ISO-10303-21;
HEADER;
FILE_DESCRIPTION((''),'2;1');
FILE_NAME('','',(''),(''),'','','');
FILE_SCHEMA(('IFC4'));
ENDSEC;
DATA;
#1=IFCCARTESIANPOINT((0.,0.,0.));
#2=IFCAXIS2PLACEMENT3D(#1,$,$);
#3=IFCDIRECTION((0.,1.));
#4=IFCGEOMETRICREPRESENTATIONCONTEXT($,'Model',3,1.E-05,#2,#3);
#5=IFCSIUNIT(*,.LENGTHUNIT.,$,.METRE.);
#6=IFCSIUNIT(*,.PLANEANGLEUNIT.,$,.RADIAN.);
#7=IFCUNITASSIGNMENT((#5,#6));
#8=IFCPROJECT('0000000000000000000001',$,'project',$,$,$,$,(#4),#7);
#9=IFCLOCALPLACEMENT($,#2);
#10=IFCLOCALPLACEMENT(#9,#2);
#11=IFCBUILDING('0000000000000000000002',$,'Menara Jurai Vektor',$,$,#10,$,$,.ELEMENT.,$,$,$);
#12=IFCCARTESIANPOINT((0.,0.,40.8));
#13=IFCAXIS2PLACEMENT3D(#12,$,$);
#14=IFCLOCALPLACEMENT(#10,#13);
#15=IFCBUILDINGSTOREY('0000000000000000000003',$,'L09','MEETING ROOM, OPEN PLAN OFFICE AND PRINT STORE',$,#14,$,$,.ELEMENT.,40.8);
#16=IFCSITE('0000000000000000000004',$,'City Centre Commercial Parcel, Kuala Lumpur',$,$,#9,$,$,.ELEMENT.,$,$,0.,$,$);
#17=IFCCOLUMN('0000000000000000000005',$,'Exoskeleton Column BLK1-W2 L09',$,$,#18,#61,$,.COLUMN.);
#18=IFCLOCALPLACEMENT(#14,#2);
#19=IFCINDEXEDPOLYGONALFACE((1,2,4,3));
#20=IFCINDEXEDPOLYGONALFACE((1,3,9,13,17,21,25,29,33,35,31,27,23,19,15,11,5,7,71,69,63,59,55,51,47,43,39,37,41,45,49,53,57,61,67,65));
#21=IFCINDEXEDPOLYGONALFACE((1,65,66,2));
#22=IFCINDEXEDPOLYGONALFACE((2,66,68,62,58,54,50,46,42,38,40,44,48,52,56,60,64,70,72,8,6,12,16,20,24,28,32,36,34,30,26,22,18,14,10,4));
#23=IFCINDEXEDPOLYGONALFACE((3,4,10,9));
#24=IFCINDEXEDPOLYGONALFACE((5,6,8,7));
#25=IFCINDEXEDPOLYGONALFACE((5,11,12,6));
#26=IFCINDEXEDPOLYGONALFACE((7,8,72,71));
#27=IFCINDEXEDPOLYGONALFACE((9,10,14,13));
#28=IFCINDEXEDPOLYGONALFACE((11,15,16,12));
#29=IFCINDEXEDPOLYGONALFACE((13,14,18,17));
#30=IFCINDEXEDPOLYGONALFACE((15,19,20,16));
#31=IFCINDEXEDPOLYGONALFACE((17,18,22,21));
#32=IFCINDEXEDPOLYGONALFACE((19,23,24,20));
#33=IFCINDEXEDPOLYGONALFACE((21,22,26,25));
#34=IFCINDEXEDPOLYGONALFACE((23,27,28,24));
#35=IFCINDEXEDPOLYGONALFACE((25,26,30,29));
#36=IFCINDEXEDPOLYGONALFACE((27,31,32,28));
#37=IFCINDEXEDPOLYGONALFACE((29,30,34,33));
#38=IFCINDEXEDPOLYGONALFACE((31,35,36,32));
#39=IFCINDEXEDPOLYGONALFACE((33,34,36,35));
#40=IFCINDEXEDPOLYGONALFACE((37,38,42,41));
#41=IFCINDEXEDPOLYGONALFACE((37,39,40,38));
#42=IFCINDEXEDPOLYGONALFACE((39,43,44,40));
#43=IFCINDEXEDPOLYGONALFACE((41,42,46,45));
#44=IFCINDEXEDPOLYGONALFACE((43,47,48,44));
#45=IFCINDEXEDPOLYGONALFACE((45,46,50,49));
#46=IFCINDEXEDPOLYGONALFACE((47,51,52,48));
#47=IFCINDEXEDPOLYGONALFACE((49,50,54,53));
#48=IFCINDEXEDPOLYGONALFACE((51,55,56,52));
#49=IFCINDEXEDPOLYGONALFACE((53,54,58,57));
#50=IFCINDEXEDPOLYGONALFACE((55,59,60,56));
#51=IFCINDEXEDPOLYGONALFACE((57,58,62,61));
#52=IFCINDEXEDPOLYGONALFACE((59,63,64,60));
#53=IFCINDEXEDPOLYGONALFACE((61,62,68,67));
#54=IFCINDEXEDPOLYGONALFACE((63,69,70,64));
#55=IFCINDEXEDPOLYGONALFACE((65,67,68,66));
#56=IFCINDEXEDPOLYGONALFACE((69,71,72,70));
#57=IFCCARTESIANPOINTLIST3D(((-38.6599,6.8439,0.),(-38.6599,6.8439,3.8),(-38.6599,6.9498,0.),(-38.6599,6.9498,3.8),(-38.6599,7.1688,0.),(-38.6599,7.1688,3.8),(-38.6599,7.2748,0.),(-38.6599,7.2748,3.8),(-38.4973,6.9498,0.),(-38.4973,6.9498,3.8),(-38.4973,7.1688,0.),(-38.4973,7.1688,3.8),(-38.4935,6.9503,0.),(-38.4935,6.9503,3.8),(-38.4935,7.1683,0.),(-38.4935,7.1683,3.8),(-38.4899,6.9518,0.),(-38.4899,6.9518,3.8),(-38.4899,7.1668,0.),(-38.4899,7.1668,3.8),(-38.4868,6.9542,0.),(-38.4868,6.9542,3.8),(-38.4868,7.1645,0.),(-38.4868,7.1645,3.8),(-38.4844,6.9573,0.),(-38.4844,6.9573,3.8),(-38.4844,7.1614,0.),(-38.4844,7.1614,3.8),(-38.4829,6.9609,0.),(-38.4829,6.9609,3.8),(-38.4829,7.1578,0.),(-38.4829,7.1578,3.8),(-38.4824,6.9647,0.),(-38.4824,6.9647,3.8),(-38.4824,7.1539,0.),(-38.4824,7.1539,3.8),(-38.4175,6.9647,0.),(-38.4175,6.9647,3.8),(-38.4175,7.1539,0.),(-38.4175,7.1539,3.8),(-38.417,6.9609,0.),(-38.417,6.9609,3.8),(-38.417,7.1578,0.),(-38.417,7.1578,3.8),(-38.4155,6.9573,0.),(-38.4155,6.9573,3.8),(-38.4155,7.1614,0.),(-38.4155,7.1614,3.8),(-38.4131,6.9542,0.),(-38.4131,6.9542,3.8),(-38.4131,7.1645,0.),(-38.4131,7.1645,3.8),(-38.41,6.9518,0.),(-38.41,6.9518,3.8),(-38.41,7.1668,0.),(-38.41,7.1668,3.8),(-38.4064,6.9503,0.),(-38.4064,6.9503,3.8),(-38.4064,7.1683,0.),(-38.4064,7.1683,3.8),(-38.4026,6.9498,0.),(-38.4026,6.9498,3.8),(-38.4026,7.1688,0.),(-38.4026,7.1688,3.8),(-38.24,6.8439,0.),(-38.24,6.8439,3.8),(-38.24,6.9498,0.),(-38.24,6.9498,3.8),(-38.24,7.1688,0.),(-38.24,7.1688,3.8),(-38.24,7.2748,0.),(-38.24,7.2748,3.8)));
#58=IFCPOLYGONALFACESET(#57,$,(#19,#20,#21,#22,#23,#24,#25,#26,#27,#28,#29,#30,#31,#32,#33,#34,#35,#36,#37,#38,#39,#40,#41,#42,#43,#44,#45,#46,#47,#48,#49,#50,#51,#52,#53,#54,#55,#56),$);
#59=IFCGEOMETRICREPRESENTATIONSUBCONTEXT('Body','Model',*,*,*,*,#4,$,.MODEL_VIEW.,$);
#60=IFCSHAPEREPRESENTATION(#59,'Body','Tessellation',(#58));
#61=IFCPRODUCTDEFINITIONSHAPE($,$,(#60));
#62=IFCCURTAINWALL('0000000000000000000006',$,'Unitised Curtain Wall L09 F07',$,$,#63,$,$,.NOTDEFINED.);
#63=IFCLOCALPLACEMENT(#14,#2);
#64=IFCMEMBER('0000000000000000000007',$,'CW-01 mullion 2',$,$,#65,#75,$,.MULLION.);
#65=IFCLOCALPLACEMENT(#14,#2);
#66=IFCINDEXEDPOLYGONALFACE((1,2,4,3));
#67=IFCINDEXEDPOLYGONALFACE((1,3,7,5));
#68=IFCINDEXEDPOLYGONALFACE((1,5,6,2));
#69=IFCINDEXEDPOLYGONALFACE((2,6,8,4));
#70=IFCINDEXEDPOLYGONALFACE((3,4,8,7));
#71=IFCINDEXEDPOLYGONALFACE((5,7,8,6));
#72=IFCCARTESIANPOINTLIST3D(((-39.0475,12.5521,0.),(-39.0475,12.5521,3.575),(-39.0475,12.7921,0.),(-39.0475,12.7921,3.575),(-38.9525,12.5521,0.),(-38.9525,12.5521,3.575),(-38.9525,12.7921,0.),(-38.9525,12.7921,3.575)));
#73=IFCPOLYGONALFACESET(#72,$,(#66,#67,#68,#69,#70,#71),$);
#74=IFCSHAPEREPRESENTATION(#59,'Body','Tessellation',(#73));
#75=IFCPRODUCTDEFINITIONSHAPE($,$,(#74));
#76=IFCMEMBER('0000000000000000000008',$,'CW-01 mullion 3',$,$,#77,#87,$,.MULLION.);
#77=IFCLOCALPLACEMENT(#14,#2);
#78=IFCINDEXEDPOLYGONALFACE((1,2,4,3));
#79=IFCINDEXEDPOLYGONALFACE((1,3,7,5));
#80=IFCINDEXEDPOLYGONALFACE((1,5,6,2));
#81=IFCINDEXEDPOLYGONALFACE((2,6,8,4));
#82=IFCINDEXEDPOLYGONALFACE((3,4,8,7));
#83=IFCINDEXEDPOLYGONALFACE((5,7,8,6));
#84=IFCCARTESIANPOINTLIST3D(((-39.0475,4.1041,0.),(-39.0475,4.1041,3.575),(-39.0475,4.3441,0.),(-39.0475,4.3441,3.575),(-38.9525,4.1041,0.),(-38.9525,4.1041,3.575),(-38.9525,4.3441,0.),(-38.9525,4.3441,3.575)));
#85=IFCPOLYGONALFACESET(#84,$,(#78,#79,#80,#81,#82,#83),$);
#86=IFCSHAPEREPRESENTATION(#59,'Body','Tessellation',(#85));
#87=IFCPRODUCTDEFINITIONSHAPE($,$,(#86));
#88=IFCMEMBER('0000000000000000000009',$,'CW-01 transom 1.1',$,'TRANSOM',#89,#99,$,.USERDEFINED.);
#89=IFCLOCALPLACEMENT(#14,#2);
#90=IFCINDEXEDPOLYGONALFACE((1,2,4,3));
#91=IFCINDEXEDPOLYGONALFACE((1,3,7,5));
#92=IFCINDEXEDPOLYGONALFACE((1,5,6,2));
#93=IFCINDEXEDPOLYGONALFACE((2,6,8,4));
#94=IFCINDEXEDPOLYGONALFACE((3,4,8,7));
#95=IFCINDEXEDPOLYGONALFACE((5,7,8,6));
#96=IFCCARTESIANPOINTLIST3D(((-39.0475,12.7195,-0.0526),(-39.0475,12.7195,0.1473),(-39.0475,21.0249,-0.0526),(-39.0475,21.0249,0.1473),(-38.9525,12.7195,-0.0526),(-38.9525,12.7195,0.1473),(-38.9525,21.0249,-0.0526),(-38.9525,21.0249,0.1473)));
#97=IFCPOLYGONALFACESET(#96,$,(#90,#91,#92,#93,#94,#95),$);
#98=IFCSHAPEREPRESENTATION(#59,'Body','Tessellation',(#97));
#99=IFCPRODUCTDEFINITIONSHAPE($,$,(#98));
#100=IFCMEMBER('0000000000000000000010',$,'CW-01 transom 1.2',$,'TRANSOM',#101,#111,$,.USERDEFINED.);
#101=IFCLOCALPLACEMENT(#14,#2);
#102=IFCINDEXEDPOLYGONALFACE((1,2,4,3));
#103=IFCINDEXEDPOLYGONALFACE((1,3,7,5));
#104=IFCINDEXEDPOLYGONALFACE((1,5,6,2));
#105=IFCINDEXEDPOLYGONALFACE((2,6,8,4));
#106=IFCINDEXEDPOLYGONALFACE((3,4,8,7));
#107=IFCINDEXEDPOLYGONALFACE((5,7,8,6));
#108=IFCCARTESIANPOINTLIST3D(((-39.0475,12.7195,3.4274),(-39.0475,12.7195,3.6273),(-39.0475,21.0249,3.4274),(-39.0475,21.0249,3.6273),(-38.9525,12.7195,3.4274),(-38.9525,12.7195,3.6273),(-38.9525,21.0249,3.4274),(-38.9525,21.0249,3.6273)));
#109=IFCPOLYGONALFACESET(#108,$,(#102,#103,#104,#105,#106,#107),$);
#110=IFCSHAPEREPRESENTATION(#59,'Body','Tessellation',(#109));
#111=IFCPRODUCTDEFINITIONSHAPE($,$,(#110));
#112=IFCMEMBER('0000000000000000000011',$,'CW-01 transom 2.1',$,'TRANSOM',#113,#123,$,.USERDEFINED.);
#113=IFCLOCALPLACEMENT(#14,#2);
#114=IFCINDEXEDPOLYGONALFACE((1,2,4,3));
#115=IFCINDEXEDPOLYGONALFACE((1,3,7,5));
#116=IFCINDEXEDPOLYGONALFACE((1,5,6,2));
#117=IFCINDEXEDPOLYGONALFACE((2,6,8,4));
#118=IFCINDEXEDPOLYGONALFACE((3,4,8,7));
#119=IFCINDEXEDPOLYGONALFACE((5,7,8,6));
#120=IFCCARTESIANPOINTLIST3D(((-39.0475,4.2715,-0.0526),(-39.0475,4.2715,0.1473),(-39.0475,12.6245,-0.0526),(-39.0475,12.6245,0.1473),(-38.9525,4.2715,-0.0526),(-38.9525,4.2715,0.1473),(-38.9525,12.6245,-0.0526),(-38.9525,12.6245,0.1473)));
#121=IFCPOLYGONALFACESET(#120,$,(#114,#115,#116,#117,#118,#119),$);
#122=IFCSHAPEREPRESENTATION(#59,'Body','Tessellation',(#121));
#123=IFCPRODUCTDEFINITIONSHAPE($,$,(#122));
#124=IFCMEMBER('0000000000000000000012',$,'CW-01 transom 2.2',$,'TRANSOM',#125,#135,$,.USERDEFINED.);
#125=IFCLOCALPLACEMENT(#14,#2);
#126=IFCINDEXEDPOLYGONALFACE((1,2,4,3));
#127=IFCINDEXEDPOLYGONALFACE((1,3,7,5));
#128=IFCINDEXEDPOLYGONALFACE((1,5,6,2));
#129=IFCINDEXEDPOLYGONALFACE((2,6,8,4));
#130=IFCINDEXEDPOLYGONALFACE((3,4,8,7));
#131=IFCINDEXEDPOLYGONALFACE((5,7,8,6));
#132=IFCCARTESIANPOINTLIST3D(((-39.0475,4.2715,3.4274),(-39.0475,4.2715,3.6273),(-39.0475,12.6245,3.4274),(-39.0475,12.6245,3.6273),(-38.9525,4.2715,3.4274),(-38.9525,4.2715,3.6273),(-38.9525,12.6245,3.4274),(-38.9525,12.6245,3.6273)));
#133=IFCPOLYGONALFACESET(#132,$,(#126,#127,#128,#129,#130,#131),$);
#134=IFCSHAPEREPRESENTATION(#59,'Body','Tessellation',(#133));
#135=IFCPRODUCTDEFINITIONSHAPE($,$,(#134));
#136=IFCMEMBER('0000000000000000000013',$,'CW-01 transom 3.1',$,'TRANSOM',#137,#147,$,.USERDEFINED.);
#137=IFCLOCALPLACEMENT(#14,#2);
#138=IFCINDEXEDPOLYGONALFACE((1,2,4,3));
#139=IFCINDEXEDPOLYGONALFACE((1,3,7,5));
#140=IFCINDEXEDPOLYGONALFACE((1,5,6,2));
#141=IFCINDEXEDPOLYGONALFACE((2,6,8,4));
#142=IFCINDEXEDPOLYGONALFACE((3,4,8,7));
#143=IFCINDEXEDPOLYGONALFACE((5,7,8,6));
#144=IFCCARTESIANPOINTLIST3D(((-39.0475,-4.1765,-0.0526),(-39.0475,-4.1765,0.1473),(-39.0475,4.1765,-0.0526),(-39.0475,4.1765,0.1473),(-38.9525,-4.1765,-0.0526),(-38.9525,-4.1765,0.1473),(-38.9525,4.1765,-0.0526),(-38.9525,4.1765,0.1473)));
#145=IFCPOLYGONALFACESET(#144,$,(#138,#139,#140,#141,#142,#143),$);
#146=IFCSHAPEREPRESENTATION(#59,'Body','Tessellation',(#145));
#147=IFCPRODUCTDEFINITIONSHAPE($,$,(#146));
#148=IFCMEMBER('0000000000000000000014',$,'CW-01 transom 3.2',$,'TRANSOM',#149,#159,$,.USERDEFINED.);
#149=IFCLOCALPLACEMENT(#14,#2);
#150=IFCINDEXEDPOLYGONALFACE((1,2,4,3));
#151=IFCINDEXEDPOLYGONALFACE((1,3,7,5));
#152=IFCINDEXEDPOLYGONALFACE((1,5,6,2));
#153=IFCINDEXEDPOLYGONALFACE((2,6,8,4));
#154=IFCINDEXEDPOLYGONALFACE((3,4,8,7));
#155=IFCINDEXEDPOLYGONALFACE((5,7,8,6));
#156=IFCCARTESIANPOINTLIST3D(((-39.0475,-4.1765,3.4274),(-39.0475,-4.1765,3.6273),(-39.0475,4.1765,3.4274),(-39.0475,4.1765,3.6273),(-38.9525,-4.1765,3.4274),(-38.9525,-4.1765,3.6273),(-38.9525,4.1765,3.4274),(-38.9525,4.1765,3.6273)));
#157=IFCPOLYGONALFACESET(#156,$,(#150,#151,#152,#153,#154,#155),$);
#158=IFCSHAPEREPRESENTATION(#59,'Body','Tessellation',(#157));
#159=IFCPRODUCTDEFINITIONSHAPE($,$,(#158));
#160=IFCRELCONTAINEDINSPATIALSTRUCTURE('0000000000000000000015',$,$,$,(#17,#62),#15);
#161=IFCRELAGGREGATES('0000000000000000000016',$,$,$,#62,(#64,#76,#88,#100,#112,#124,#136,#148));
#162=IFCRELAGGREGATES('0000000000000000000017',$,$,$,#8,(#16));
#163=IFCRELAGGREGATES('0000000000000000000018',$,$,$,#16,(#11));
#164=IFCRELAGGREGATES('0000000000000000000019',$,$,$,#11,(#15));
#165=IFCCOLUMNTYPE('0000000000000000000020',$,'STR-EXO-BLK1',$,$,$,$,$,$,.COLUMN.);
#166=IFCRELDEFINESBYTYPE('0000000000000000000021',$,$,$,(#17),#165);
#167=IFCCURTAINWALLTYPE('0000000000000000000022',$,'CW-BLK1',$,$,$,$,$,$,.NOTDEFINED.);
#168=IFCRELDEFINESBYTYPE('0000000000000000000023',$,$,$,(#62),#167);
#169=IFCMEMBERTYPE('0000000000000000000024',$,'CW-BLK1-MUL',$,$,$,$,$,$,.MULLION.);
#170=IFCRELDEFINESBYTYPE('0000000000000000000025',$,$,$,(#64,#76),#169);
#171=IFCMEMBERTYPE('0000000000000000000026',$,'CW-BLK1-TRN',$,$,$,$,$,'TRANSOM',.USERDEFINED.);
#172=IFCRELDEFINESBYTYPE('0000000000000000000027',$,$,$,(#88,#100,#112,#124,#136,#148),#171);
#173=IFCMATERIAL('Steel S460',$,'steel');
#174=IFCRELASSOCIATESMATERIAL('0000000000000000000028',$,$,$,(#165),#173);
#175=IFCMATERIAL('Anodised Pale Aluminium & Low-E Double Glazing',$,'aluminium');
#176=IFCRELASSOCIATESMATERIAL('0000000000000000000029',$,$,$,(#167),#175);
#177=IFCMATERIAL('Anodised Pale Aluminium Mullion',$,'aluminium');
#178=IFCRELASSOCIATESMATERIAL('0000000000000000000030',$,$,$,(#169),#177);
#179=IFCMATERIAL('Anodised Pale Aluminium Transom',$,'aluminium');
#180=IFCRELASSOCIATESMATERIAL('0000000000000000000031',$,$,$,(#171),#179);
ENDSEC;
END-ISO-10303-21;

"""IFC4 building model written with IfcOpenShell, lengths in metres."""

from ifc_helpers import new_model, si_unit, direction, frame, origin, origin_2d, place, context, subcontext, project, spatial, rectangle, i_section, extrude, material, material_profile, profile_set, type_object, element, aggregate, save


model = new_model("IFC4")

# Units and contexts
model_context = context("Model", 3, precision=1e-05, world=origin(), true_north=direction((0.0, 1.0)))
body_context = subcontext(model_context, "Body", "Model", "MODEL_VIEW")
ifc_project = project(units=[si_unit("LENGTHUNIT", "METRE"), si_unit("PLANEANGLEUNIT", "RADIAN")], contexts=[model_context])

# Site, building, storey
site_placement = place(None, origin())
site = spatial("IfcSite", under=ifc_project, at=site_placement, Name="City Centre Commercial Parcel, Kuala Lumpur", CompositionType="ELEMENT", RefElevation=0.0)
building_placement = place(site_placement, origin())
building = spatial("IfcBuilding", under=site, at=building_placement, Name="Menara Jurai Vektor", CompositionType="ELEMENT")
storey_placement = place(building_placement, frame((0.0, 0.0, 40.8)))
storey = spatial("IfcBuildingStorey", under=building, at=storey_placement, Name="L09", Description="MEETING ROOM, OPEN PLAN OFFICE AND PRINT STORE", CompositionType="ELEMENT", Elevation=40.8)

# Column
ifc_material_1 = material(Name="Steel S460", Category="steel")
ifc_material_profile_1 = material_profile(ifc_material_1, i_section(OverallWidth=0.4199, OverallDepth=0.4309, WebThickness=0.0649, FlangeThickness=0.106, FilletRadius=0.0149, at=origin_2d()), Name="HD 400x900")
ifc_profile_set_1 = profile_set([ifc_material_profile_1], Name="Steel S460")
column_type = type_object("IfcColumnType", Name="STR-EXO-BLK1", PredefinedType="COLUMN", material=ifc_profile_set_1)
column_placement = place(storey_placement, frame((-38.45, 7.0593, 0.0), z_axis=(0.0, 0.0, 1.0), x_axis=(1.0, 0.0, 0.0)))
element("IfcColumn", 1, at=column_placement, inside=storey, type_object=column_type, Name="Exoskeleton Column BLK1-W2 L09", PredefinedType="COLUMN", context=body_context, shape_type="SweptSolid", body=[
    extrude(i_section(OverallWidth=0.4199, OverallDepth=0.4309, WebThickness=0.0649, FlangeThickness=0.106, FilletRadius=0.0149, at=origin_2d()), origin(), (0.0, 0.0, 1.0), 3.8),
])

# Curtain wall, members
ifc_material_2 = material(Name="Anodised Pale Aluminium & Low-E Double Glazing", Category="aluminium")
curtain_wall_type = type_object("IfcCurtainWallType", Name="CW-BLK1", PredefinedType="NOTDEFINED", material=ifc_material_2)
curtain_wall_placement = place(storey_placement, origin())
curtain_wall = element("IfcCurtainWall", 2, at=curtain_wall_placement, inside=storey, type_object=curtain_wall_type, Name="Unitised Curtain Wall L09 F07", PredefinedType="NOTDEFINED")
ifc_material_3 = material(Name="Anodised Pale Aluminium Mullion", Category="aluminium")
ifc_material_profile_2 = material_profile(ifc_material_3, rectangle(XDim=0.095, YDim=0.24, at=origin_2d()), Name="ALU MUL 95x240")
ifc_profile_set_2 = profile_set([ifc_material_profile_2], Name="Anodised Pale Aluminium Mullion")
member_type_1 = type_object("IfcMemberType", Name="CW-BLK1-MUL", PredefinedType="MULLION", material=ifc_profile_set_2)
member_1_placement = place(storey_placement, frame((-39.0, 12.6721, 0.0), z_axis=(0.0, 0.0, 1.0), x_axis=(1.0, 0.0, 0.0)))
member_1 = element("IfcMember", 3, at=member_1_placement, type_object=member_type_1, Name="CW-01 mullion 2", PredefinedType="MULLION", context=body_context, shape_type="SweptSolid", body=[
    extrude(rectangle(XDim=0.095, YDim=0.24, at=origin_2d()), origin(), (0.0, 0.0, 1.0), 3.575),
])
member_2_placement = place(storey_placement, frame((-39.0, 4.2241, 0.0), z_axis=(0.0, 0.0, 1.0), x_axis=(1.0, 0.0, 0.0)))
member_2 = element("IfcMember", 4, at=member_2_placement, type_object=member_type_1, Name="CW-01 mullion 3", PredefinedType="MULLION", context=body_context, shape_type="SweptSolid", body=[
    extrude(rectangle(XDim=0.095, YDim=0.24, at=origin_2d()), origin(), (0.0, 0.0, 1.0), 3.575),
])
ifc_material_4 = material(Name="Anodised Pale Aluminium Transom", Category="aluminium")
ifc_material_profile_3 = material_profile(ifc_material_4, rectangle(XDim=0.095, YDim=0.2, at=origin_2d()), Name="ALU TRN 95x200")
ifc_profile_set_3 = profile_set([ifc_material_profile_3], Name="Anodised Pale Aluminium Transom")
member_type_2 = type_object("IfcMemberType", Name="CW-BLK1-TRN", ElementType="TRANSOM", PredefinedType="USERDEFINED", material=ifc_profile_set_3)
member_3_placement = place(storey_placement, frame((-39.0, 21.0249, 0.0474), z_axis=(0.0, -1.0, 0.0), x_axis=(1.0, 0.0, 0.0)))
member_3 = element("IfcMember", 5, at=member_3_placement, type_object=member_type_2, Name="CW-01 transom 1.1", ObjectType="TRANSOM", PredefinedType="USERDEFINED", context=body_context, shape_type="SweptSolid", body=[
    extrude(rectangle(XDim=0.095, YDim=0.2, at=origin_2d()), origin(), (0.0, 0.0, 1.0), 8.3054),
])
member_4_placement = place(storey_placement, frame((-39.0, 21.0249, 3.5273), z_axis=(0.0, -1.0, 0.0), x_axis=(1.0, 0.0, 0.0)))
member_4 = element("IfcMember", 6, at=member_4_placement, type_object=member_type_2, Name="CW-01 transom 1.2", ObjectType="TRANSOM", PredefinedType="USERDEFINED", context=body_context, shape_type="SweptSolid", body=[
    extrude(rectangle(XDim=0.095, YDim=0.2, at=origin_2d()), origin(), (0.0, 0.0, 1.0), 8.3054),
])
member_5_placement = place(storey_placement, frame((-39.0, 12.6245, 0.0474), z_axis=(0.0, -1.0, 0.0), x_axis=(1.0, 0.0, 0.0)))
member_5 = element("IfcMember", 7, at=member_5_placement, type_object=member_type_2, Name="CW-01 transom 2.1", ObjectType="TRANSOM", PredefinedType="USERDEFINED", context=body_context, shape_type="SweptSolid", body=[
    extrude(rectangle(XDim=0.095, YDim=0.2, at=origin_2d()), origin(), (0.0, 0.0, 1.0), 8.353),
])
member_6_placement = place(storey_placement, frame((-39.0, 12.6245, 3.5273), z_axis=(0.0, -1.0, 0.0), x_axis=(1.0, 0.0, 0.0)))
member_6 = element("IfcMember", 8, at=member_6_placement, type_object=member_type_2, Name="CW-01 transom 2.2", ObjectType="TRANSOM", PredefinedType="USERDEFINED", context=body_context, shape_type="SweptSolid", body=[
    extrude(rectangle(XDim=0.095, YDim=0.2, at=origin_2d()), origin(), (0.0, 0.0, 1.0), 8.353),
])
member_7_placement = place(storey_placement, frame((-39.0, 4.1765, 0.0474), z_axis=(0.0, -1.0, 0.0), x_axis=(1.0, 0.0, 0.0)))
member_7 = element("IfcMember", 9, at=member_7_placement, type_object=member_type_2, Name="CW-01 transom 3.1", ObjectType="TRANSOM", PredefinedType="USERDEFINED", context=body_context, shape_type="SweptSolid", body=[
    extrude(rectangle(XDim=0.095, YDim=0.2, at=origin_2d()), origin(), (0.0, 0.0, 1.0), 8.353),
])
member_8_placement = place(storey_placement, frame((-39.0, 4.1765, 3.5273), z_axis=(0.0, -1.0, 0.0), x_axis=(1.0, 0.0, 0.0)))
member_8 = element("IfcMember", 10, at=member_8_placement, type_object=member_type_2, Name="CW-01 transom 3.2", ObjectType="TRANSOM", PredefinedType="USERDEFINED", context=body_context, shape_type="SweptSolid", body=[
    extrude(rectangle(XDim=0.095, YDim=0.2, at=origin_2d()), origin(), (0.0, 0.0, 1.0), 8.353),
])

aggregate(curtain_wall, [member_1, member_2, member_3, member_4, member_5, member_6, member_7, member_8])

save(model, "model.ifc")
